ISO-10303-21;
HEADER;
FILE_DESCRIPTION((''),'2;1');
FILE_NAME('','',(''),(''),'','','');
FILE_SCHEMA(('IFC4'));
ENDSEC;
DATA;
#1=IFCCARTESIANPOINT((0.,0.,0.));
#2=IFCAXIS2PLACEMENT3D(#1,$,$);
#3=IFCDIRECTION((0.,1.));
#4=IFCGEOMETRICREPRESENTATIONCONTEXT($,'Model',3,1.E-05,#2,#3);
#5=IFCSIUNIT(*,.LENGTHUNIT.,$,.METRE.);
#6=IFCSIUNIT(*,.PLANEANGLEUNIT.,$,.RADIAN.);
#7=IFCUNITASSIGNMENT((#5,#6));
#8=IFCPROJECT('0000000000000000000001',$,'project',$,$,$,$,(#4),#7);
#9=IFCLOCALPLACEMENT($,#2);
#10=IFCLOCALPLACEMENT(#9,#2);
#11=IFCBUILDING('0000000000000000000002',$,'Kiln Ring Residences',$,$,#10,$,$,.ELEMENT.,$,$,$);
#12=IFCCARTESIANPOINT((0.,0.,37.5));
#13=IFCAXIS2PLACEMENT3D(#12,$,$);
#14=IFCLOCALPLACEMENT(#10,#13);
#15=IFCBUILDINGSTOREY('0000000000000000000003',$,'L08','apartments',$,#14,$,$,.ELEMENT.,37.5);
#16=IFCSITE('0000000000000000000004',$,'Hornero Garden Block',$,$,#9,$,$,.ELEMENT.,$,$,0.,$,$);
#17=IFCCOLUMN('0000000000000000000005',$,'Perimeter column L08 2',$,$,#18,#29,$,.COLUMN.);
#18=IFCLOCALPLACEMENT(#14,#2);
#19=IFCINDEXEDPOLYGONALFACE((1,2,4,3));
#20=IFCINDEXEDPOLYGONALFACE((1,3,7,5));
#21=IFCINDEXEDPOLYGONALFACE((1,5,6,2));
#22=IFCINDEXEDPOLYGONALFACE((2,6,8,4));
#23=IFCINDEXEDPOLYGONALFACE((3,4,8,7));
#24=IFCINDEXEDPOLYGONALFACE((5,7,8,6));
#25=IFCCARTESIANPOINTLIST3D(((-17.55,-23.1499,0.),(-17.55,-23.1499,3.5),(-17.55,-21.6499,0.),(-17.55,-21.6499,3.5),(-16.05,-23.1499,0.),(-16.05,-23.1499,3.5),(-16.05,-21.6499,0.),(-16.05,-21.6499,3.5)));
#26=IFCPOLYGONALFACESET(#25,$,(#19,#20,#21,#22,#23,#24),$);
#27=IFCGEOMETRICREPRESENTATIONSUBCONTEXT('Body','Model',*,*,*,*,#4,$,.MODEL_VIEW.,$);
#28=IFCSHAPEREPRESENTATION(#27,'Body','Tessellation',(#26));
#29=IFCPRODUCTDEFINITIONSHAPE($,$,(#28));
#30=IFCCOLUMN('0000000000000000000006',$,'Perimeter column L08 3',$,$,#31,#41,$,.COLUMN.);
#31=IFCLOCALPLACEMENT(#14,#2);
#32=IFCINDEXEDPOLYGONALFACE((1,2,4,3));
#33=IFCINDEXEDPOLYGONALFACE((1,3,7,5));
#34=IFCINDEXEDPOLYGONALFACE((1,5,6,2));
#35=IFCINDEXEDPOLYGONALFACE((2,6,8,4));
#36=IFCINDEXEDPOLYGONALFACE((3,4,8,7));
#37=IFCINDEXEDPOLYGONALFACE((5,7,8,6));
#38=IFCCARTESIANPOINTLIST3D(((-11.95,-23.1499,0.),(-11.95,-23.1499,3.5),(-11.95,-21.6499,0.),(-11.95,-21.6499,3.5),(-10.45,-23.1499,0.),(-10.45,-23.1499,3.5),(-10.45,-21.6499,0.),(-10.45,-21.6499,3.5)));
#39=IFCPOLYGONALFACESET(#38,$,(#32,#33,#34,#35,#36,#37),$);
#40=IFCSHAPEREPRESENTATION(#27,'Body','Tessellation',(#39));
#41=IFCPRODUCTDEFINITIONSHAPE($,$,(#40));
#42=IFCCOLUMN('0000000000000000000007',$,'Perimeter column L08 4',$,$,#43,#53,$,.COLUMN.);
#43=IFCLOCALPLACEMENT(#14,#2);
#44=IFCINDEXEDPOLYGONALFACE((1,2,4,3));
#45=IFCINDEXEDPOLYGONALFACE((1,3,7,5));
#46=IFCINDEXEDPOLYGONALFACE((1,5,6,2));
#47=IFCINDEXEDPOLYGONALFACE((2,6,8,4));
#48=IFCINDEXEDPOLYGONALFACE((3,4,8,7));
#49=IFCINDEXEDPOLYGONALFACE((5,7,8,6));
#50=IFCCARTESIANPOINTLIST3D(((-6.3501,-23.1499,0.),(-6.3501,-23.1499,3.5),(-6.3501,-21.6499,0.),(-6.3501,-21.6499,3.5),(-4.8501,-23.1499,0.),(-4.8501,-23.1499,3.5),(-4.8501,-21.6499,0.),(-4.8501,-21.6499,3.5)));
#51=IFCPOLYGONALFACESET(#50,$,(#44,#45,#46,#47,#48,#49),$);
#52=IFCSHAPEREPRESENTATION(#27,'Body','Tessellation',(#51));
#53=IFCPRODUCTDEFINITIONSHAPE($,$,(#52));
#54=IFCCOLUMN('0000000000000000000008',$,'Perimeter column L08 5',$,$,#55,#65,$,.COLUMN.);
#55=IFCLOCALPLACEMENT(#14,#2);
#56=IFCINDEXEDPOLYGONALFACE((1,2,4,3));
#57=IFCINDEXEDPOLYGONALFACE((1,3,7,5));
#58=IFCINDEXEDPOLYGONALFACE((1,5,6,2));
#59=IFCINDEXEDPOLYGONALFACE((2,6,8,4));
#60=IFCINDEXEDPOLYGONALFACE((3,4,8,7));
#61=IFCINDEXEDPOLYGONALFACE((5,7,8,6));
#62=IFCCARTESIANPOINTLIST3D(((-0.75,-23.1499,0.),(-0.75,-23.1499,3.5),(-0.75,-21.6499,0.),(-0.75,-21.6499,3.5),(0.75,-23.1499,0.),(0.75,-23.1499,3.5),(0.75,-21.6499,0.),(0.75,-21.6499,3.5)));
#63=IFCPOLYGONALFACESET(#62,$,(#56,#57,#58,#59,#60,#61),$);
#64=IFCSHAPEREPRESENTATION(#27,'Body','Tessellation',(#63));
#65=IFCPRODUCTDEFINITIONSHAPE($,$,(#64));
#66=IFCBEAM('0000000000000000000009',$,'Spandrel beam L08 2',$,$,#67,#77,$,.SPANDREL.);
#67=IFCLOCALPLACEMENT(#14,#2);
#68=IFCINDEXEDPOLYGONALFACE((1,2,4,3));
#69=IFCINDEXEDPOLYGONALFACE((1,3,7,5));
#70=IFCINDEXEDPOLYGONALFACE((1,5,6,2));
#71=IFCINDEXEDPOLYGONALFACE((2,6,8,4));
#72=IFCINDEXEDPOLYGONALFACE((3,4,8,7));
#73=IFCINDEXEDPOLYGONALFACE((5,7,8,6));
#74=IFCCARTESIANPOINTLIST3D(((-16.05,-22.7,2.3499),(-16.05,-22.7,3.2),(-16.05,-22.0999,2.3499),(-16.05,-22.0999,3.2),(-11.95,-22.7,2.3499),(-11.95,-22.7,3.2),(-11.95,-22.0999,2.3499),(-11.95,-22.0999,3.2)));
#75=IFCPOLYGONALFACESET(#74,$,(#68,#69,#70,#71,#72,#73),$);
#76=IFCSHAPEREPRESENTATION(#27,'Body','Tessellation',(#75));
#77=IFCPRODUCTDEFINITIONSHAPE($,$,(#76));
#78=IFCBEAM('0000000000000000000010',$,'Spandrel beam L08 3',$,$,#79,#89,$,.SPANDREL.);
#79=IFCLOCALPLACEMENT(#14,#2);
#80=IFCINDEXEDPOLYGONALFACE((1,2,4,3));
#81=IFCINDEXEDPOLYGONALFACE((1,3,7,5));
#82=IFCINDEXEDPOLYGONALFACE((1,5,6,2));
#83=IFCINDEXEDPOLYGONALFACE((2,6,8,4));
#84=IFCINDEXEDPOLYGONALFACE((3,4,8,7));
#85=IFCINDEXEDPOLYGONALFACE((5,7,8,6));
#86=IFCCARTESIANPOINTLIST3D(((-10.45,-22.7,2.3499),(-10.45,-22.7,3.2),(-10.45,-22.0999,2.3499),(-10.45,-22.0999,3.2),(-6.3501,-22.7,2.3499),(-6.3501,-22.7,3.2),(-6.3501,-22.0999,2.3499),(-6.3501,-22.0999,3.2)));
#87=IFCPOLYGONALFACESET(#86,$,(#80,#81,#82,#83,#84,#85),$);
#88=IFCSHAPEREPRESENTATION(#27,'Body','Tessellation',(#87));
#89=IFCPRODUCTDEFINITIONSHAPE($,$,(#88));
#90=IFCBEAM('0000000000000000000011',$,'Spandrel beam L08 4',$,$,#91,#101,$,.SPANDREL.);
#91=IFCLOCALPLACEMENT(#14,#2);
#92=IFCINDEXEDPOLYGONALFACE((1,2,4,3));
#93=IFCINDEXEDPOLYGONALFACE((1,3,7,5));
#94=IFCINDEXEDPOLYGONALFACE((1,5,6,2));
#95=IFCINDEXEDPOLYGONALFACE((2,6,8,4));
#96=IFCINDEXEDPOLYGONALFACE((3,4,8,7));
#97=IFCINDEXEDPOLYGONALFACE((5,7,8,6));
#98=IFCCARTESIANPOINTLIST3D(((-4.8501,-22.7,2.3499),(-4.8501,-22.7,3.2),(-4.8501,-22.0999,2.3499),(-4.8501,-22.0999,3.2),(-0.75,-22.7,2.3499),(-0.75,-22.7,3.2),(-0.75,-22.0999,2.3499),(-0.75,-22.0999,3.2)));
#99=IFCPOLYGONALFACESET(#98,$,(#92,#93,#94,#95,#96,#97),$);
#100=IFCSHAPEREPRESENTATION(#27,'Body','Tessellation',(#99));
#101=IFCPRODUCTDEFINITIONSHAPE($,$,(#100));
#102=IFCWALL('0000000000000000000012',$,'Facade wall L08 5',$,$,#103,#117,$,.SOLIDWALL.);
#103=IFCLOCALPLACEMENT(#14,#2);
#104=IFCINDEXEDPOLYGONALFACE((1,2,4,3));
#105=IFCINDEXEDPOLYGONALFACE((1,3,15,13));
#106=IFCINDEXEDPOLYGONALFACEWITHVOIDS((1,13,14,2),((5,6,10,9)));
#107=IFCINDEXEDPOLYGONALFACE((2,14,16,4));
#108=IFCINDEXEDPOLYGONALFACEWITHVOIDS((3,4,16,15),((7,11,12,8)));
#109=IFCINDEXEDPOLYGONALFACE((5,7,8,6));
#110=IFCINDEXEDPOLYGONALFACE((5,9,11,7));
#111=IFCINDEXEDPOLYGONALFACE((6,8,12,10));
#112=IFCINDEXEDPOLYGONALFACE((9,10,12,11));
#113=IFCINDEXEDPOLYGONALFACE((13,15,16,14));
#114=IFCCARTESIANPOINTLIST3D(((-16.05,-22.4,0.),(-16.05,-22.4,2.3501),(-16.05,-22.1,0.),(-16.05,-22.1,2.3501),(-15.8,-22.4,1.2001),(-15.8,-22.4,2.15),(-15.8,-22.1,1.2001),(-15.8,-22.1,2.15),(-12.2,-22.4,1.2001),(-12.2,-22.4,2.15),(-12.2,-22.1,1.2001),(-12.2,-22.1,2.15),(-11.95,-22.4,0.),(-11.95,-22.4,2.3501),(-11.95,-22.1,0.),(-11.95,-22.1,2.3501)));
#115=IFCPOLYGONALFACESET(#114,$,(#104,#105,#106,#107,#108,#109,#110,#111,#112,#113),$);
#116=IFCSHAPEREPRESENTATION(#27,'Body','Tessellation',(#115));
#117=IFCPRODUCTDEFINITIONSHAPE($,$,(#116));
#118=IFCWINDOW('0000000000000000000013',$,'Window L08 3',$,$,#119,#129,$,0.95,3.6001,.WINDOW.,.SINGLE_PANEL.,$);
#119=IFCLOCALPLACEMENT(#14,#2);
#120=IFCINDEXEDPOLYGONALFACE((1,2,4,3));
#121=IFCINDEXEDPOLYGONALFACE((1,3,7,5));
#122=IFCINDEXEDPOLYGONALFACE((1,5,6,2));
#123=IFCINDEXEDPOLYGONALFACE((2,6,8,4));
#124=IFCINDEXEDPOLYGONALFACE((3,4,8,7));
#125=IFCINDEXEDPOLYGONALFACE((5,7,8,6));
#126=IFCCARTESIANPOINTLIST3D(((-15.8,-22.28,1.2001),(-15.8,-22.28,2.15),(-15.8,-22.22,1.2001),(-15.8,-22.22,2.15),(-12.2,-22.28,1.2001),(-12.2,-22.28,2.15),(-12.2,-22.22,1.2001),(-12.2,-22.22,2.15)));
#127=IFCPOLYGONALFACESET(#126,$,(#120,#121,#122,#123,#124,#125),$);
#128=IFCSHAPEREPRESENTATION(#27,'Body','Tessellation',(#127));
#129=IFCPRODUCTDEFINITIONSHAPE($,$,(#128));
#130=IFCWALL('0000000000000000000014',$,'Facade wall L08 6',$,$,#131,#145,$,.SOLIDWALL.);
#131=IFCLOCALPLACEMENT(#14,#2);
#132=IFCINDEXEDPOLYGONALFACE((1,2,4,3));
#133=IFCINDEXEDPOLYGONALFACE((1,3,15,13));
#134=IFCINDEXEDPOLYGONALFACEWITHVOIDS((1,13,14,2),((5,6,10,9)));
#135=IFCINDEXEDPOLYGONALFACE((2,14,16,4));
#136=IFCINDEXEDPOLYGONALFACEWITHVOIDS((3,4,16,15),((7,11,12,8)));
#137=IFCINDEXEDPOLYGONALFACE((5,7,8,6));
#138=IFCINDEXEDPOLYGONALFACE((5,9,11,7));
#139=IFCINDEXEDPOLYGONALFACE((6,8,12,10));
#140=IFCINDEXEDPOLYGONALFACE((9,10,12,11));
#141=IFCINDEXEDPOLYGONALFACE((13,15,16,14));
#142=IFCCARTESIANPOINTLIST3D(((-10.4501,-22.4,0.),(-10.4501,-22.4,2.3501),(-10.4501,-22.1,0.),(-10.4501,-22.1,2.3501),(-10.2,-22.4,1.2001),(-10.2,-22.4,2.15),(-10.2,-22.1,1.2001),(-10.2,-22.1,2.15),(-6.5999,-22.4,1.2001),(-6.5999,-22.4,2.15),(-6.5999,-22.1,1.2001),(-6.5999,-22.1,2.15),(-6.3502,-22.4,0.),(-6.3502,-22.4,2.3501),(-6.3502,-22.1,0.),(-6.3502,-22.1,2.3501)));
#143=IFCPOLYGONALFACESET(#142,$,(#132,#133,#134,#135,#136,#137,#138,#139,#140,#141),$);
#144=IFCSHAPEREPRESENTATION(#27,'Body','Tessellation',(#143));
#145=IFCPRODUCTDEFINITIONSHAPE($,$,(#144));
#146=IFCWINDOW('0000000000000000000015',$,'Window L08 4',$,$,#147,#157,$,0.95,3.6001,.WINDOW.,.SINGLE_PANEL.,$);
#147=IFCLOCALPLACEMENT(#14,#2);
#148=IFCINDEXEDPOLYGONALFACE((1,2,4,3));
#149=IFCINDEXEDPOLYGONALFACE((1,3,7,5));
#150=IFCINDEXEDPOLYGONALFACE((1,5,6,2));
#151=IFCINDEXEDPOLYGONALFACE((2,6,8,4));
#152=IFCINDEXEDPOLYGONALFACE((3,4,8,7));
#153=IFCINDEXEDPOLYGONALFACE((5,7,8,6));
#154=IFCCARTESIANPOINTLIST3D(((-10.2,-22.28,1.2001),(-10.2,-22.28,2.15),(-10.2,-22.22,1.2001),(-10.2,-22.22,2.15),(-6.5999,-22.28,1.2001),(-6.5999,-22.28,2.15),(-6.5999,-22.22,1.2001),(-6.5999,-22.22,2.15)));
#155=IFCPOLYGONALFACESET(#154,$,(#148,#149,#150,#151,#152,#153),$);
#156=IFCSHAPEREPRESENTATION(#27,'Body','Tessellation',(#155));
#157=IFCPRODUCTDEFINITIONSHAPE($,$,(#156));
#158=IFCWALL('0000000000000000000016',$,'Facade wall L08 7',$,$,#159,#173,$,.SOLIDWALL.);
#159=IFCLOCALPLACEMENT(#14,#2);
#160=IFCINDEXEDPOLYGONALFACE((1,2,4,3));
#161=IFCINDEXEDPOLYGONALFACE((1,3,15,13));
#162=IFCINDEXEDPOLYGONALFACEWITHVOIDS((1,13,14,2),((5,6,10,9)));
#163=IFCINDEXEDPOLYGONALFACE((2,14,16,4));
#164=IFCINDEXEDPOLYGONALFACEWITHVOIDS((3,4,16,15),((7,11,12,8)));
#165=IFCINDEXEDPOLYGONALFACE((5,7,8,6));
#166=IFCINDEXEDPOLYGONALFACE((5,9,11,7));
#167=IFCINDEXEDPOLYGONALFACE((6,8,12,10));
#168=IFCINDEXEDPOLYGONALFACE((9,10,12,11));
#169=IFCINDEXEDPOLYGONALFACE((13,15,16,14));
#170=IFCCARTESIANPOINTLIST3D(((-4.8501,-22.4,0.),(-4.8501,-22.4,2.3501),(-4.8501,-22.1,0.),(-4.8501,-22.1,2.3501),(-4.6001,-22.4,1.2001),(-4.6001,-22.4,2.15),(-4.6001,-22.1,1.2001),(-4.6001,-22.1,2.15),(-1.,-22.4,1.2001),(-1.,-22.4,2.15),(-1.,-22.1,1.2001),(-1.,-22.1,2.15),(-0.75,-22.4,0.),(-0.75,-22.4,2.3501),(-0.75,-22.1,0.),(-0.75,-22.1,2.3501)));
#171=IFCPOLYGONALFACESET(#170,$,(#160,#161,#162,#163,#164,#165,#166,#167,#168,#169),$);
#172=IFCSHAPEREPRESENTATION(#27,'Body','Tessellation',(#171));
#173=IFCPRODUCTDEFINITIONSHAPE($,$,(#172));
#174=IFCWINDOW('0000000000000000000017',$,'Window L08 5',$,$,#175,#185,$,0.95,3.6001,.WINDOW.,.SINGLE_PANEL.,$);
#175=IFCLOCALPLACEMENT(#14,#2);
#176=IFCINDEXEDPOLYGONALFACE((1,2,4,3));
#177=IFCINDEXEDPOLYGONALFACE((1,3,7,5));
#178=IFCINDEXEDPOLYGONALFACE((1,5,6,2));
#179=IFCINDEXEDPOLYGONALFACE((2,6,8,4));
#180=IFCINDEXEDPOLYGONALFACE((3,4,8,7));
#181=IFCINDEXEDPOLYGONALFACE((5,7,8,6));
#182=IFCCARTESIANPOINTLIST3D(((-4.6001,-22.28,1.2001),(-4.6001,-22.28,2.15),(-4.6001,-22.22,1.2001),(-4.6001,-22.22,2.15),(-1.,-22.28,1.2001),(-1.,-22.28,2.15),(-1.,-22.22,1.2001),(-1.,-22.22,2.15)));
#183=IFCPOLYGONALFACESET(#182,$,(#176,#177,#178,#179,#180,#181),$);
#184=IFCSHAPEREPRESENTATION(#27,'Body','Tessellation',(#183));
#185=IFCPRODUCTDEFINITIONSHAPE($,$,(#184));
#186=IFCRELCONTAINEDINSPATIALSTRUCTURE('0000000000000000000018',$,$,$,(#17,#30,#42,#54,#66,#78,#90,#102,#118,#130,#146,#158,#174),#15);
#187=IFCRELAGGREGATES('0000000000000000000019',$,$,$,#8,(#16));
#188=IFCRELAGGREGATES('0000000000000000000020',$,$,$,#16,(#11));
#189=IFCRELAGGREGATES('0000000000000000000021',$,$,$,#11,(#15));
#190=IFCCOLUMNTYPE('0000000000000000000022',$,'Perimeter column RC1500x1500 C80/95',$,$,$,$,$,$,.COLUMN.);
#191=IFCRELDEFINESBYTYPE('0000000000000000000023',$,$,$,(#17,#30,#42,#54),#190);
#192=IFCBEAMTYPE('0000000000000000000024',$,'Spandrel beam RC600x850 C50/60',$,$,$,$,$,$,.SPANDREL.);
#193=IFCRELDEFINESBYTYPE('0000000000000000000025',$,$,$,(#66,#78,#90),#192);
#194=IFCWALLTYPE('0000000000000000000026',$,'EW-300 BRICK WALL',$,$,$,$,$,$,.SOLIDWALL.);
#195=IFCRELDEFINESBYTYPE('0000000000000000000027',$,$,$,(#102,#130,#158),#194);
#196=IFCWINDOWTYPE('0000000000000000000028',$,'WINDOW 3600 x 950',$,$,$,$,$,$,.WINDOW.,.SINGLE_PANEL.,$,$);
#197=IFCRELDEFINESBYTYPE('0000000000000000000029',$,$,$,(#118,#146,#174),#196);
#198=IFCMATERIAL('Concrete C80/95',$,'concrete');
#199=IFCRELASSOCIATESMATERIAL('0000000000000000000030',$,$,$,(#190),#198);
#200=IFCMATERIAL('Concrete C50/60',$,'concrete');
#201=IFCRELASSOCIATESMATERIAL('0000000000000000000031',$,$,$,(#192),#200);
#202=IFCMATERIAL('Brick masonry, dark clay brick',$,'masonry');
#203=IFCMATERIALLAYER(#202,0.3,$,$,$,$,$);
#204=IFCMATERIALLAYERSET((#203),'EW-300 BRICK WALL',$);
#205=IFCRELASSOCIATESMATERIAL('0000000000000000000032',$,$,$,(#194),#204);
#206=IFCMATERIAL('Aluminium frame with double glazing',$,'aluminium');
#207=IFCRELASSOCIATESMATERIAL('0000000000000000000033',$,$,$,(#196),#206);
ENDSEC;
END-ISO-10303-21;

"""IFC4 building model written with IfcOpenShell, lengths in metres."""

from ifc_helpers import new_model, si_unit, direction, frame, frame_2d, origin, origin_2d, place, context, subcontext, project, spatial, rectangle, extrude, material, layer, layer_set, material_profile, profile_set, type_object, element, fill, save


model = new_model("IFC4")

# Units and contexts
model_context = context("Model", 3, precision=1e-05, world=origin(), true_north=direction((0.0, 1.0)))
body_context = subcontext(model_context, "Body", "Model", "MODEL_VIEW")
ifc_project = project(units=[si_unit("LENGTHUNIT", "METRE"), si_unit("PLANEANGLEUNIT", "RADIAN")], contexts=[model_context])

# Site, building, storey
site_placement = place(None, origin())
site = spatial("IfcSite", under=ifc_project, at=site_placement, Name="Hornero Garden Block", CompositionType="ELEMENT", RefElevation=0.0)
building_placement = place(site_placement, origin())
building = spatial("IfcBuilding", under=site, at=building_placement, Name="Kiln Ring Residences", CompositionType="ELEMENT")
storey_placement = place(building_placement, frame((0.0, 0.0, 37.5)))
storey = spatial("IfcBuildingStorey", under=building, at=storey_placement, Name="L08", Description="apartments", CompositionType="ELEMENT", Elevation=37.5)

# Columns
ifc_material_1 = material(Name="Concrete C80/95", Category="concrete")
ifc_material_profile_1 = material_profile(ifc_material_1, rectangle(XDim=1.5, YDim=1.5, at=origin_2d()), Name="RC1500x1500")
ifc_profile_set_1 = profile_set([ifc_material_profile_1], Name="Concrete C80/95")
column_type = type_object("IfcColumnType", Name="Perimeter column RC1500x1500 C80/95", PredefinedType="COLUMN", material=ifc_profile_set_1)
for number, where, z_axis, x_axis, name in (
    (1, (-16.8, -22.3999, 0.0), (0.0, 0.0, 1.0), (1.0, 0.0, 0.0), "Perimeter column L08 2"),
    (2, (-11.2, -22.3999, 0.0), (0.0, 0.0, 1.0), (1.0, 0.0, 0.0), "Perimeter column L08 3"),
    (3, (-5.6001, -22.3999, 0.0), (0.0, 0.0, 1.0), (1.0, 0.0, 0.0), "Perimeter column L08 4"),
    (4, (0.0, -22.3999, 0.0), (0.0, 0.0, 1.0), (1.0, 0.0, 0.0), "Perimeter column L08 5"),
):
    element("IfcColumn", number, at=place(storey_placement, frame(where, z_axis=z_axis, x_axis=x_axis)), inside=storey, type_object=column_type, Name=name, PredefinedType="COLUMN", context=body_context, shape_type="SweptSolid", body=[
        extrude(rectangle(XDim=1.5, YDim=1.5, at=origin_2d()), origin(), (0.0, 0.0, 1.0), 3.5),
    ])

# Beams
ifc_material_2 = material(Name="Concrete C50/60", Category="concrete")
ifc_material_profile_2 = material_profile(ifc_material_2, rectangle(XDim=0.6001, YDim=0.8501, at=origin_2d()), Name="RC600x850")
ifc_profile_set_2 = profile_set([ifc_material_profile_2], Name="Concrete C50/60")
beam_type = type_object("IfcBeamType", Name="Spandrel beam RC600x850 C50/60", PredefinedType="SPANDREL", material=ifc_profile_set_2)
beam_1_placement = place(storey_placement, frame((-16.05, -22.3999, 2.7749), z_axis=(1.0, 0.0, 0.0), x_axis=(0.0, 1.0, 0.0)))
element("IfcBeam", 5, at=beam_1_placement, inside=storey, type_object=beam_type, Name="Spandrel beam L08 2", PredefinedType="SPANDREL", context=body_context, shape_type="SweptSolid", body=[
    extrude(rectangle(XDim=0.6001, YDim=0.8501, at=origin_2d()), origin(), (0.0, 0.0, 1.0), 4.1001),
])
beam_2_placement = place(storey_placement, frame((-10.45, -22.3999, 2.7749), z_axis=(1.0, 0.0, 0.0), x_axis=(0.0, 1.0, 0.0)))
element("IfcBeam", 6, at=beam_2_placement, inside=storey, type_object=beam_type, Name="Spandrel beam L08 3", PredefinedType="SPANDREL", context=body_context, shape_type="SweptSolid", body=[
    extrude(rectangle(XDim=0.6001, YDim=0.8501, at=origin_2d()), origin(), (0.0, 0.0, 1.0), 4.0999),
])
beam_3_placement = place(storey_placement, frame((-4.8501, -22.3999, 2.7749), z_axis=(1.0, 0.0, 0.0), x_axis=(0.0, 1.0, 0.0)))
element("IfcBeam", 7, at=beam_3_placement, inside=storey, type_object=beam_type, Name="Spandrel beam L08 4", PredefinedType="SPANDREL", context=body_context, shape_type="SweptSolid", body=[
    extrude(rectangle(XDim=0.6001, YDim=0.8501, at=origin_2d()), origin(), (0.0, 0.0, 1.0), 4.1001),
])

# Walls, openings, windows
ifc_material_3 = material(Name="Brick masonry, dark clay brick", Category="masonry")
ifc_layer_1 = layer(ifc_material_3, 0.3)
ifc_layer_set_1 = layer_set([ifc_layer_1], Name="EW-300 BRICK WALL")
wall_type_1 = type_object("IfcWallType", Name="EW-300 BRICK WALL", PredefinedType="SOLIDWALL", material=ifc_layer_set_1)
wall_1_placement = place(storey_placement, frame((-16.05, -22.25, 0.0), z_axis=(0.0, 0.0, 1.0), x_axis=(1.0, 0.0, 0.0)))
wall_1 = element("IfcWall", 8, at=wall_1_placement, inside=storey, type_object=wall_type_1, Name="Facade wall L08 5", PredefinedType="SOLIDWALL", context=body_context, shape_type="SweptSolid", body=[
    extrude(rectangle(XDim=4.1001, YDim=0.3, at=frame_2d((2.05, 0.0))), origin(), (0.0, 0.0, 1.0), 2.3501),
])
opening_1_placement = place(wall_1_placement, frame((0.25, 0.0, 1.2)))
opening_1 = element("IfcOpeningElement", 9, at=opening_1_placement, cuts=wall_1, PredefinedType="OPENING", context=body_context, shape_type="SweptSolid", body=[
    extrude(rectangle(XDim=3.6001, YDim=0.95, at=frame_2d((1.8, 0.4751))), frame((0.0, 0.1599, 0.0), z_axis=(0.0, -1.0, 0.0), x_axis=(1.0, 0.0, 0.0)), (0.0, 0.0, 1.0), 0.3201),
])
ifc_material_4 = material(Name="Aluminium frame with double glazing", Category="aluminium")
window_type = type_object("IfcWindowType", Name="WINDOW 3600 x 950", PartitioningType="SINGLE_PANEL", PredefinedType="WINDOW", material=ifc_material_4)
window_1_placement = place(opening_1_placement, origin())
window_1 = element("IfcWindow", 10, at=window_1_placement, inside=storey, type_object=window_type, Name="Window L08 3", OverallHeight=0.95, OverallWidth=3.6001, PartitioningType="SINGLE_PANEL", PredefinedType="WINDOW", context=body_context, shape_type="SweptSolid", body=[
    extrude(rectangle(XDim=3.6001, YDim=0.95, at=frame_2d((1.8, 0.4751))), frame((0.0, 0.03, 0.0), z_axis=(0.0, -1.0, 0.0), x_axis=(1.0, 0.0, 0.0)), (0.0, 0.0, 1.0), 0.0601),
])
fill(opening_1, window_1)
wall_2_placement = place(storey_placement, frame((-10.45, -22.25, 0.0), z_axis=(0.0, 0.0, 1.0), x_axis=(1.0, 0.0, 0.0)))
wall_2 = element("IfcWall", 11, at=wall_2_placement, inside=storey, type_object=wall_type_1, Name="Facade wall L08 6", PredefinedType="SOLIDWALL", context=body_context, shape_type="SweptSolid", body=[
    extrude(rectangle(XDim=4.0999, YDim=0.3, at=frame_2d((2.0498, 0.0))), origin(), (0.0, 0.0, 1.0), 2.3501),
])
opening_2_placement = place(wall_2_placement, frame((0.25, 0.0, 1.2)))
opening_2 = element("IfcOpeningElement", 12, at=opening_2_placement, cuts=wall_2, PredefinedType="OPENING", context=body_context, shape_type="SweptSolid", body=[
    extrude(rectangle(XDim=3.6001, YDim=0.95, at=frame_2d((1.8, 0.4751))), frame((0.0, 0.1599, 0.0), z_axis=(0.0, -1.0, 0.0), x_axis=(1.0, 0.0, 0.0)), (0.0, 0.0, 1.0), 0.3201),
])
window_2_placement = place(opening_2_placement, origin())
window_2 = element("IfcWindow", 13, at=window_2_placement, inside=storey, type_object=window_type, Name="Window L08 4", OverallHeight=0.95, OverallWidth=3.6001, PartitioningType="SINGLE_PANEL", PredefinedType="WINDOW", context=body_context, shape_type="SweptSolid", body=[
    extrude(rectangle(XDim=3.6001, YDim=0.95, at=frame_2d((1.8, 0.4751))), frame((0.0, 0.03, 0.0), z_axis=(0.0, -1.0, 0.0), x_axis=(1.0, 0.0, 0.0)), (0.0, 0.0, 1.0), 0.0601),
])
fill(opening_2, window_2)
wall_3_placement = place(storey_placement, frame((-4.8501, -22.25, 0.0), z_axis=(0.0, 0.0, 1.0), x_axis=(1.0, 0.0, 0.0)))
wall_3 = element("IfcWall", 14, at=wall_3_placement, inside=storey, type_object=wall_type_1, Name="Facade wall L08 7", PredefinedType="SOLIDWALL", context=body_context, shape_type="SweptSolid", body=[
    extrude(rectangle(XDim=4.1001, YDim=0.3, at=frame_2d((2.05, 0.0))), origin(), (0.0, 0.0, 1.0), 2.3501),
])
opening_3_placement = place(wall_3_placement, frame((0.25, 0.0, 1.2)))
opening_3 = element("IfcOpeningElement", 15, at=opening_3_placement, cuts=wall_3, PredefinedType="OPENING", context=body_context, shape_type="SweptSolid", body=[
    extrude(rectangle(XDim=3.6001, YDim=0.95, at=frame_2d((1.8, 0.4751))), frame((0.0, 0.1599, 0.0), z_axis=(0.0, -1.0, 0.0), x_axis=(1.0, 0.0, 0.0)), (0.0, 0.0, 1.0), 0.3201),
])
window_3_placement = place(opening_3_placement, origin())
window_3 = element("IfcWindow", 16, at=window_3_placement, inside=storey, type_object=window_type, Name="Window L08 5", OverallHeight=0.95, OverallWidth=3.6001, PartitioningType="SINGLE_PANEL", PredefinedType="WINDOW", context=body_context, shape_type="SweptSolid", body=[
    extrude(rectangle(XDim=3.6001, YDim=0.95, at=frame_2d((1.8, 0.4751))), frame((0.0, 0.03, 0.0), z_axis=(0.0, -1.0, 0.0), x_axis=(1.0, 0.0, 0.0)), (0.0, 0.0, 1.0), 0.0601),
])
fill(opening_3, window_3)

save(model, "model.ifc")
